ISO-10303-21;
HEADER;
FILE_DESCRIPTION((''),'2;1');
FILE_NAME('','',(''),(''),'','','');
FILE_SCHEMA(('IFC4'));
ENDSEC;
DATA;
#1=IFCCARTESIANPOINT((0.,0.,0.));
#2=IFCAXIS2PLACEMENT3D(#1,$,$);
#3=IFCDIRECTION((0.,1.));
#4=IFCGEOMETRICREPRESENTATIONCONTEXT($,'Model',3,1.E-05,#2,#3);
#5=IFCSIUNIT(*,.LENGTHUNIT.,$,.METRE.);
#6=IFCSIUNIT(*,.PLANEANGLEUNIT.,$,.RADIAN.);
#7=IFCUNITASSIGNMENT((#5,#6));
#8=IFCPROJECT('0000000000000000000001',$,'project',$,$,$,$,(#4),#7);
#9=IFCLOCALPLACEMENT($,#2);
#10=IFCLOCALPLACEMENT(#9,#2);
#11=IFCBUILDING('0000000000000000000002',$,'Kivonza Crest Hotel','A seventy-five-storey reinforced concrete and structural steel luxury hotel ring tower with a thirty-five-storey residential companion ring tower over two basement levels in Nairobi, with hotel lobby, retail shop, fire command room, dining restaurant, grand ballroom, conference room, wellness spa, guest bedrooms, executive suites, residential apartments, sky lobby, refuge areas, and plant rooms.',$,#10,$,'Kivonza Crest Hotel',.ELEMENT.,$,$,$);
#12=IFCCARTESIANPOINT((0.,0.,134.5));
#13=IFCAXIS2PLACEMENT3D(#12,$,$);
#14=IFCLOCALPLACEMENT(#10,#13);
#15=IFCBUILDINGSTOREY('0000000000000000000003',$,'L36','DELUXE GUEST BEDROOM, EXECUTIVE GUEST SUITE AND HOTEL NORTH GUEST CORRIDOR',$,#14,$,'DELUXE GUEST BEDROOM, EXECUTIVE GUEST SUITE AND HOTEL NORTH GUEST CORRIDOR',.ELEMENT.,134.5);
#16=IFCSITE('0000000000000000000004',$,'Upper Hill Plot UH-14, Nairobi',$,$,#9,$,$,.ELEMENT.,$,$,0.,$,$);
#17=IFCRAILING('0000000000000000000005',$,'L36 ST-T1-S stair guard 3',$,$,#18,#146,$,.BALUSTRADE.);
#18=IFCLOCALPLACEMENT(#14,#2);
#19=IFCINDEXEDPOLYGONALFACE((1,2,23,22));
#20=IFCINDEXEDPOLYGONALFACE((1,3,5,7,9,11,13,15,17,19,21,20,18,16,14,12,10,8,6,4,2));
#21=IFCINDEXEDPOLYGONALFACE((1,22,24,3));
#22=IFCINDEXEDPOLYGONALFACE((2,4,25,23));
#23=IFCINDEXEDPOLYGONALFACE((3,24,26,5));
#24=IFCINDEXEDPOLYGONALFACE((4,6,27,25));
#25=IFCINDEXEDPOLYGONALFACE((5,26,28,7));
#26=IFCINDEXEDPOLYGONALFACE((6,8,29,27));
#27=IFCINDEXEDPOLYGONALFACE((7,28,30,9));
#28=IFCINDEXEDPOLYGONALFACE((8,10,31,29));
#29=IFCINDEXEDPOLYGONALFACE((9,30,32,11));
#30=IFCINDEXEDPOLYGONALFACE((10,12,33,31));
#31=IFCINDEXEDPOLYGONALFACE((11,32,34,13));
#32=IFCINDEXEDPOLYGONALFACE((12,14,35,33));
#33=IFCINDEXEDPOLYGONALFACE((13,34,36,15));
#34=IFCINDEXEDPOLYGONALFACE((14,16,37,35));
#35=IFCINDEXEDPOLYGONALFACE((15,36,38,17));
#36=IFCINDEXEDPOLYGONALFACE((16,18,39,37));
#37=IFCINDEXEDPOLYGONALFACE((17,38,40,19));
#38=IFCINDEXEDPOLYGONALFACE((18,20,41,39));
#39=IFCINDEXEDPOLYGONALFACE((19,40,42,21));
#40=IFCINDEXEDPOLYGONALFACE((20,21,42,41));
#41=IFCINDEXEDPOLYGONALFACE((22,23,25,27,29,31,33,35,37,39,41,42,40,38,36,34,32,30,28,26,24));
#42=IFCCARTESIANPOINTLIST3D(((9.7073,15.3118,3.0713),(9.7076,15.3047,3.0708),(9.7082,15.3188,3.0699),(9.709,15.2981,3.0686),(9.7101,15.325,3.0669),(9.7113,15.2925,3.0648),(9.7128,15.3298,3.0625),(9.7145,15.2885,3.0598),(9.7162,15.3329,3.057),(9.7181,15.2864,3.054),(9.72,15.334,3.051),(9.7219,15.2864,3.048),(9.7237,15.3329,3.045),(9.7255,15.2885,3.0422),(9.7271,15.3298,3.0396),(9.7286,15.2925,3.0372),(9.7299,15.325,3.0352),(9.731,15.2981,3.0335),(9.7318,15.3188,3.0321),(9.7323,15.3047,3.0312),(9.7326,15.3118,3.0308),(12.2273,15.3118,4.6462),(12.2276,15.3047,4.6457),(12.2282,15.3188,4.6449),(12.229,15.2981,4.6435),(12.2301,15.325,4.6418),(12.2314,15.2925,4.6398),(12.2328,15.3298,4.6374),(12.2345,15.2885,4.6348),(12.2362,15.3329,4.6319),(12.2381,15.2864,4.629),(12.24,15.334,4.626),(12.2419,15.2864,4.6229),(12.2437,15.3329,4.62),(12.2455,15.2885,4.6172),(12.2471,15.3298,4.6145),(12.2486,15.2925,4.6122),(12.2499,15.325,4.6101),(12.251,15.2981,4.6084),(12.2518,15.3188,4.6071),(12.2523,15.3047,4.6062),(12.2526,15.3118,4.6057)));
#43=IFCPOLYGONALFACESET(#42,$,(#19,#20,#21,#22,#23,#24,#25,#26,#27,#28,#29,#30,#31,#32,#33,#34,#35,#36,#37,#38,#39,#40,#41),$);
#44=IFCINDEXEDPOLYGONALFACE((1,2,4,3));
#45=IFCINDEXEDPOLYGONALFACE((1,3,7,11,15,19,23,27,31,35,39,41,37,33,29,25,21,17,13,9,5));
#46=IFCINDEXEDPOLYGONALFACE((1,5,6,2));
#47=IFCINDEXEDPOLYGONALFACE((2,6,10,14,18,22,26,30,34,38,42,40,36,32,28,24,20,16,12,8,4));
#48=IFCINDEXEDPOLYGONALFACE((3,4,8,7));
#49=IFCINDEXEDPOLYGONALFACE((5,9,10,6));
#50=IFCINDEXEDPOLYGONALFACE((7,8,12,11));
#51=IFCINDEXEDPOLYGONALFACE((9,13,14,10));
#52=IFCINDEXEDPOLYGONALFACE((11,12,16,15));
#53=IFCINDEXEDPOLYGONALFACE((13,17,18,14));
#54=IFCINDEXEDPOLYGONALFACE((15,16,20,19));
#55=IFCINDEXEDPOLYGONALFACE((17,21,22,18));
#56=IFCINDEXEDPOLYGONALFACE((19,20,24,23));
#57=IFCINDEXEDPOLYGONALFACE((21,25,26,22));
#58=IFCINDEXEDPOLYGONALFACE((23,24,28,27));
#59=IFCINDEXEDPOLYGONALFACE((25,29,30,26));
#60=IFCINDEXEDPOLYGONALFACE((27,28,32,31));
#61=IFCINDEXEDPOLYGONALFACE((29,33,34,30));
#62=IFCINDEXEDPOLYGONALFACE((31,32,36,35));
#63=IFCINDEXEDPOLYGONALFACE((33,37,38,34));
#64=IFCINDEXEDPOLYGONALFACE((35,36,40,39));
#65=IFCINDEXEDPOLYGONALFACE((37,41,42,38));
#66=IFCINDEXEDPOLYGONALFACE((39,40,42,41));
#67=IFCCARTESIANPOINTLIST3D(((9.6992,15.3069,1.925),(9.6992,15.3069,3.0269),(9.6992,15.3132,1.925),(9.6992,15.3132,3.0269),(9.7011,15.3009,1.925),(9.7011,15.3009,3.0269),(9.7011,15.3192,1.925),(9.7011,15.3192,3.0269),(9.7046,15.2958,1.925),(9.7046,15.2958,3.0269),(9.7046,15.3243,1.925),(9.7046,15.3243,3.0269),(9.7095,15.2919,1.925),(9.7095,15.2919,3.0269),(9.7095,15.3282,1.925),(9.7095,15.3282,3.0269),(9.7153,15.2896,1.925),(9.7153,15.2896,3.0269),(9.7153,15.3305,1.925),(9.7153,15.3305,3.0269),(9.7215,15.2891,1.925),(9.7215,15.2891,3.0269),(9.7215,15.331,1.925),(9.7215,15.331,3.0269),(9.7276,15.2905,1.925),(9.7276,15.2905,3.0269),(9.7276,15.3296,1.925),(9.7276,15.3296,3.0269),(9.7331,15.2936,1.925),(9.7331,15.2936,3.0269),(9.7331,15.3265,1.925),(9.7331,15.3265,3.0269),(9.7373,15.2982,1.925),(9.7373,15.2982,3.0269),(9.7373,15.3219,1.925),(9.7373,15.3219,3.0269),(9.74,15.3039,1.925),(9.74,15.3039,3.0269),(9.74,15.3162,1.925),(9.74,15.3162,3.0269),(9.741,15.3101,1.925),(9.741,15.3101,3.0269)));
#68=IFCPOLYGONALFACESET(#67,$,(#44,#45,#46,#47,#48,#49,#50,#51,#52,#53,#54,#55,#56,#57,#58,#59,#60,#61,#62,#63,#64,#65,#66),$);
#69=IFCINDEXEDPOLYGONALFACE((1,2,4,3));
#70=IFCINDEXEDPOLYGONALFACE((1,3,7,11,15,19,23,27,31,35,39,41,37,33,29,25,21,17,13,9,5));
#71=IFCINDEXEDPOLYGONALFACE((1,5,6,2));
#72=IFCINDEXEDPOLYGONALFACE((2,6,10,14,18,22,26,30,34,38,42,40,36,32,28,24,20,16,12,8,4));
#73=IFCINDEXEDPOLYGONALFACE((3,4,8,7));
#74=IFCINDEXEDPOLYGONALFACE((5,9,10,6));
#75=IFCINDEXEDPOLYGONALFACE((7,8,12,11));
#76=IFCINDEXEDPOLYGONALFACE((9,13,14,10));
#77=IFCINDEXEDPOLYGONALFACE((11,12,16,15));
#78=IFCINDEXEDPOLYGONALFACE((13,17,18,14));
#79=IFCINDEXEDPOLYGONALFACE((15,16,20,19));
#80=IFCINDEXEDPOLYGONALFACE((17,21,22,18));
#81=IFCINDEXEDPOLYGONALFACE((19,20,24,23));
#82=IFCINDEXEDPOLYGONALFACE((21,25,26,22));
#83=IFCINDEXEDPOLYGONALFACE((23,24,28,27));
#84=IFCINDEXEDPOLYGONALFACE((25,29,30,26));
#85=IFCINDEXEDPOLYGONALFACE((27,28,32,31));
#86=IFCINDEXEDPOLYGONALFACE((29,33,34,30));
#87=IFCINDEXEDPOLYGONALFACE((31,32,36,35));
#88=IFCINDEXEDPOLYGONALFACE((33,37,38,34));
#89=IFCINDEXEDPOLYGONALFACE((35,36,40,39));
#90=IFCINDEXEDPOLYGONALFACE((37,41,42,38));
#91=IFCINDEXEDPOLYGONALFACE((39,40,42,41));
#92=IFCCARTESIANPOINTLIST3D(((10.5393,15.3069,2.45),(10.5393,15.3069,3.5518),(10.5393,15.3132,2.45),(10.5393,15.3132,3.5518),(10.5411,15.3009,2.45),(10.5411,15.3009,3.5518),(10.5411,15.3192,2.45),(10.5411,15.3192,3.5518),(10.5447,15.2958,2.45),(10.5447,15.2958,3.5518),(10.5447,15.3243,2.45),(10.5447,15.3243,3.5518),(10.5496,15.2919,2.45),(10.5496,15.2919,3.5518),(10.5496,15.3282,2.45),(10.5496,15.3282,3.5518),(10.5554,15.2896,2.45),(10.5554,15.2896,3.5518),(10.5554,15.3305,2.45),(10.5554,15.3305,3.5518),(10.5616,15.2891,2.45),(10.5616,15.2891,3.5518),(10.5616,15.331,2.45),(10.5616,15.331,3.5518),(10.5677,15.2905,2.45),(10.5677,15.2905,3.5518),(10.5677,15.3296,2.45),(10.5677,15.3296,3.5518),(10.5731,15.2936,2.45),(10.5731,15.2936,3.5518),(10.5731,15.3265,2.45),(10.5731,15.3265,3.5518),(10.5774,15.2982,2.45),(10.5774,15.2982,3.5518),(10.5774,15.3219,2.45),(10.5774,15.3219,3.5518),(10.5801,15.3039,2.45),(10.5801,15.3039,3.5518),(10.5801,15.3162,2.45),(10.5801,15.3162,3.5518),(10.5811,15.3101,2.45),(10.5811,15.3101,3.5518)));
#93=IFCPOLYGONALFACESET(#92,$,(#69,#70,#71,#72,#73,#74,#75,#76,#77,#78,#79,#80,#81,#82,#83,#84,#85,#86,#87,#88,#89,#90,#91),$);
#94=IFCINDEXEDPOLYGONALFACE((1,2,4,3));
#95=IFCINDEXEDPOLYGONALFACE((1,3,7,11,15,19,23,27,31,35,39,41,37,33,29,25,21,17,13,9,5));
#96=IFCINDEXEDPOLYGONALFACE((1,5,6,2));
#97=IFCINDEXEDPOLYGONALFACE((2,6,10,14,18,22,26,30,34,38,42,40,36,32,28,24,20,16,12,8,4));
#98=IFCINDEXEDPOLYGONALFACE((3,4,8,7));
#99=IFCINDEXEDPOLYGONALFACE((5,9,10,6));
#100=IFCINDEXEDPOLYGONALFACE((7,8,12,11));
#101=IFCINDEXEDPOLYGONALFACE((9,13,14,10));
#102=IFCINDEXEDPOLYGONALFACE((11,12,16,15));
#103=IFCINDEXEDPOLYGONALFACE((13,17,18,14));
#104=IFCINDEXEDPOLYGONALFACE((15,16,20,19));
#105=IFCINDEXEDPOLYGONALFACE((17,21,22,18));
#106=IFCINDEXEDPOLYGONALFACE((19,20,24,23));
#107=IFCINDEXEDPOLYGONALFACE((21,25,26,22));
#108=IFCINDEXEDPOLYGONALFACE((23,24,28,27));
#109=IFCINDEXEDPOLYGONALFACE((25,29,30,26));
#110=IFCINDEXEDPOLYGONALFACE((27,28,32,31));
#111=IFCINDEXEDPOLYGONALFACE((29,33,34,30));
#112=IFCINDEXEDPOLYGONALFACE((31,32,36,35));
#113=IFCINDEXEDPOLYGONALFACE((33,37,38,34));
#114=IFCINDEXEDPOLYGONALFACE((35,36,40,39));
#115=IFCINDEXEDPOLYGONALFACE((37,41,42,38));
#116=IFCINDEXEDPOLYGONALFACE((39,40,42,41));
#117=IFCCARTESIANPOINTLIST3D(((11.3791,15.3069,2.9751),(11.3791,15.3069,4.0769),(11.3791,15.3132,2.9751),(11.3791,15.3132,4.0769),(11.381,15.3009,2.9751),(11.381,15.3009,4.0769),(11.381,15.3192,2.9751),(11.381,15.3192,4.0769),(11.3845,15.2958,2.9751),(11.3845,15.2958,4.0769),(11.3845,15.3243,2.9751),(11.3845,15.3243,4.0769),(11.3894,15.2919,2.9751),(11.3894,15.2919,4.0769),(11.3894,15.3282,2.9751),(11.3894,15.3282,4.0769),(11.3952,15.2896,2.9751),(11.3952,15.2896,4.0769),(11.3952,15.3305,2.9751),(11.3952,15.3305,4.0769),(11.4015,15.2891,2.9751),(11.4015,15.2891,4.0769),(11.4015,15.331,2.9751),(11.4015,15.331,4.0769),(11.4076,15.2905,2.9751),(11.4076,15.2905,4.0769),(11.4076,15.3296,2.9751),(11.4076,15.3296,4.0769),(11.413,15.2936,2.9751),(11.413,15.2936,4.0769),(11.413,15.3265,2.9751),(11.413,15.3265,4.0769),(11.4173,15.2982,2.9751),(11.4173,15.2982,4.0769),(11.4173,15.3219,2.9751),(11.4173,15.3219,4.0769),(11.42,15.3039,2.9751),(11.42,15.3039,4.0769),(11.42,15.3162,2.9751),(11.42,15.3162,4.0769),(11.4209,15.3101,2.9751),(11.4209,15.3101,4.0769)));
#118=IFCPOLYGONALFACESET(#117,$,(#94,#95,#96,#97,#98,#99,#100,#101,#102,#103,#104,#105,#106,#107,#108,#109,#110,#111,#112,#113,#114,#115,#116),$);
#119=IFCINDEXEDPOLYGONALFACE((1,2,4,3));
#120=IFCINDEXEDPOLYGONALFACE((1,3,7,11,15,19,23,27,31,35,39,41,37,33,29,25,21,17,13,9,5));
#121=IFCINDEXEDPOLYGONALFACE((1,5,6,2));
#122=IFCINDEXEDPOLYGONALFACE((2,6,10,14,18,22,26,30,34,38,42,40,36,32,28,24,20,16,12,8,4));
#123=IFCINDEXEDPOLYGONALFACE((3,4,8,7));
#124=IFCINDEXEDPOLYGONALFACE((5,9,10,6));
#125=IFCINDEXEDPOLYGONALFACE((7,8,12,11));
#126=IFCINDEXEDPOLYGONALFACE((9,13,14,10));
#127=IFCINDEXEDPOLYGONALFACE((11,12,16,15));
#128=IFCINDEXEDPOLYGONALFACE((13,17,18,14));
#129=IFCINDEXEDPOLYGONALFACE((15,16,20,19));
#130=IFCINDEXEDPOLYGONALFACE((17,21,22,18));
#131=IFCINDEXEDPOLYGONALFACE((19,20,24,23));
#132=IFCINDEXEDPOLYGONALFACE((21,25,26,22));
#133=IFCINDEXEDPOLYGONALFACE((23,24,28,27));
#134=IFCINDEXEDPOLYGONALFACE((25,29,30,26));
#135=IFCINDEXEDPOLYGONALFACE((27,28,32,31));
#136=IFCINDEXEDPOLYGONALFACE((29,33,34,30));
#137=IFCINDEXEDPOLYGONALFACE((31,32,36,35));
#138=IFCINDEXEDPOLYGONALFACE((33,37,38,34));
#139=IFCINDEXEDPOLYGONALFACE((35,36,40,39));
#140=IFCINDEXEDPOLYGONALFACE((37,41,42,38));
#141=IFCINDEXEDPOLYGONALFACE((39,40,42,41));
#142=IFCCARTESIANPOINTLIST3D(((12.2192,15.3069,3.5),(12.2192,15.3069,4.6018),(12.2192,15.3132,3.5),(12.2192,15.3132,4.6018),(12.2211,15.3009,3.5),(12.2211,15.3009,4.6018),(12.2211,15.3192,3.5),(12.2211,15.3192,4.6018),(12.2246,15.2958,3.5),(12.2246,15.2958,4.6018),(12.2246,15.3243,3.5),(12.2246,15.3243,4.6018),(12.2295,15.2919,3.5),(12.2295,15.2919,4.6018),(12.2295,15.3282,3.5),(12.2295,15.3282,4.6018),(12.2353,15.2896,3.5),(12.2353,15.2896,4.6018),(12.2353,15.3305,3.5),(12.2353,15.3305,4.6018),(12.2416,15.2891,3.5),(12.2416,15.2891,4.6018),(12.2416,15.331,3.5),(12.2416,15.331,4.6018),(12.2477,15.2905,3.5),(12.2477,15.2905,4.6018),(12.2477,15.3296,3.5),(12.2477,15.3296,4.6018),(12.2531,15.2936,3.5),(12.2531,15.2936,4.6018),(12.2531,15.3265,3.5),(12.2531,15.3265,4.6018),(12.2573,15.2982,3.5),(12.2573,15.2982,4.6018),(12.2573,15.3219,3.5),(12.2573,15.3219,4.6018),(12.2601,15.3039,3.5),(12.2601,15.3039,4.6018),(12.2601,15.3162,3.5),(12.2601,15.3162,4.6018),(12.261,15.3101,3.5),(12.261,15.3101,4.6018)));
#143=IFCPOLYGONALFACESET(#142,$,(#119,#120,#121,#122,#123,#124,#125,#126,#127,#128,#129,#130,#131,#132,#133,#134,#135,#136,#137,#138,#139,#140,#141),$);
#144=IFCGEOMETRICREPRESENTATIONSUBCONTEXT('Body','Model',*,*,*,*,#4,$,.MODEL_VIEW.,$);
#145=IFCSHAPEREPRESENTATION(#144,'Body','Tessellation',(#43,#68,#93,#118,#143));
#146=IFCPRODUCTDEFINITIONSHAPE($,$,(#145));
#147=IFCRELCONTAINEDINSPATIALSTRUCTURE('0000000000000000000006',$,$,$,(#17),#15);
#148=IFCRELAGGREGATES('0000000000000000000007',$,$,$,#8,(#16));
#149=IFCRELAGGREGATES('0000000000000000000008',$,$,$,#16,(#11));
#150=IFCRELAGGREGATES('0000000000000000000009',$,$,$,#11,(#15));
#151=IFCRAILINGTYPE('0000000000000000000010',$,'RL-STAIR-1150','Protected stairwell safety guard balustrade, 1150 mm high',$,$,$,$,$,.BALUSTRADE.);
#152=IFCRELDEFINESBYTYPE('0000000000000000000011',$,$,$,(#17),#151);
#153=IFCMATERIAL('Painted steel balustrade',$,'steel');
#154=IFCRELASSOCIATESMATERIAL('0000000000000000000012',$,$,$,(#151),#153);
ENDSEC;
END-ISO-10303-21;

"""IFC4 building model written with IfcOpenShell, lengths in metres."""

from ifc_helpers import new_model, si_unit, direction, frame, origin, origin_2d, place, context, subcontext, project, spatial, circle, extrude, material, type_object, element, save


model = new_model("IFC4")

# Units and contexts
model_context = context("Model", 3, precision=1e-05, world=origin(), true_north=direction((0.0, 1.0)))
body_context = subcontext(model_context, "Body", "Model", "MODEL_VIEW")
ifc_project = project(units=[si_unit("LENGTHUNIT", "METRE"), si_unit("PLANEANGLEUNIT", "RADIAN")], contexts=[model_context])

# Site, building, storey
site_placement = place(None, origin())
site = spatial("IfcSite", under=ifc_project, at=site_placement, Name="Upper Hill Plot UH-14, Nairobi", CompositionType="ELEMENT", RefElevation=0.0)
building_placement = place(site_placement, origin())
building = spatial("IfcBuilding", under=site, at=building_placement, Name="Kivonza Crest Hotel", Description="A seventy-five-storey reinforced concrete and structural steel luxury hotel ring tower with a thirty-five-storey residential companion ring tower over two basement levels in Nairobi, with hotel lobby, retail shop, fire command room, dining restaurant, grand ballroom, conference room, wellness spa, guest bedrooms, executive suites, residential apartments, sky lobby, refuge areas, and plant rooms.", LongName="Kivonza Crest Hotel", CompositionType="ELEMENT")
storey_placement = place(building_placement, frame((0.0, 0.0, 134.5)))
storey = spatial("IfcBuildingStorey", under=building, at=storey_placement, Name="L36", Description="DELUXE GUEST BEDROOM, EXECUTIVE GUEST SUITE AND HOTEL NORTH GUEST CORRIDOR", LongName="DELUXE GUEST BEDROOM, EXECUTIVE GUEST SUITE AND HOTEL NORTH GUEST CORRIDOR", CompositionType="ELEMENT", Elevation=134.5)

# Railing
ifc_material_1 = material(Name="Painted steel balustrade", Category="steel")
railing_type_1 = type_object("IfcRailingType", Name="RL-STAIR-1150", Description="Protected stairwell safety guard balustrade, 1150 mm high", PredefinedType="BALUSTRADE", material=ifc_material_1)
railing_1_placement = place(storey_placement, frame((9.72, 15.3101, 1.925)))
element("IfcRailing", 1, at=railing_1_placement, inside=storey, type_object=railing_type_1, Name="L36 ST-T1-S stair guard 3", PredefinedType="BALUSTRADE", context=body_context, shape_type="SweptSolid", body=[
    extrude(circle(Radius=0.0239, at=origin_2d()), frame((0.0, 0.0, 1.126), z_axis=(0.848008, 0.0, 0.529984), x_axis=(0.0, 1.0, 0.0)), (0.0, 0.0, 1.0), 2.9717),
    extrude(circle(Radius=0.021, at=origin_2d()), origin(), (0.0, 0.0, 1.0), 1.1018),
    extrude(circle(Radius=0.021, at=origin_2d()), frame((0.8401, 0.0, 0.5249)), (0.0, 0.0, 1.0), 1.1018),
    extrude(circle(Radius=0.021, at=origin_2d()), frame((1.6799, 0.0, 1.05)), (0.0, 0.0, 1.0), 1.1018),
    extrude(circle(Radius=0.021, at=origin_2d()), frame((2.52, 0.0, 1.575)), (0.0, 0.0, 1.0), 1.1018),
])

save(model, "model.ifc")
